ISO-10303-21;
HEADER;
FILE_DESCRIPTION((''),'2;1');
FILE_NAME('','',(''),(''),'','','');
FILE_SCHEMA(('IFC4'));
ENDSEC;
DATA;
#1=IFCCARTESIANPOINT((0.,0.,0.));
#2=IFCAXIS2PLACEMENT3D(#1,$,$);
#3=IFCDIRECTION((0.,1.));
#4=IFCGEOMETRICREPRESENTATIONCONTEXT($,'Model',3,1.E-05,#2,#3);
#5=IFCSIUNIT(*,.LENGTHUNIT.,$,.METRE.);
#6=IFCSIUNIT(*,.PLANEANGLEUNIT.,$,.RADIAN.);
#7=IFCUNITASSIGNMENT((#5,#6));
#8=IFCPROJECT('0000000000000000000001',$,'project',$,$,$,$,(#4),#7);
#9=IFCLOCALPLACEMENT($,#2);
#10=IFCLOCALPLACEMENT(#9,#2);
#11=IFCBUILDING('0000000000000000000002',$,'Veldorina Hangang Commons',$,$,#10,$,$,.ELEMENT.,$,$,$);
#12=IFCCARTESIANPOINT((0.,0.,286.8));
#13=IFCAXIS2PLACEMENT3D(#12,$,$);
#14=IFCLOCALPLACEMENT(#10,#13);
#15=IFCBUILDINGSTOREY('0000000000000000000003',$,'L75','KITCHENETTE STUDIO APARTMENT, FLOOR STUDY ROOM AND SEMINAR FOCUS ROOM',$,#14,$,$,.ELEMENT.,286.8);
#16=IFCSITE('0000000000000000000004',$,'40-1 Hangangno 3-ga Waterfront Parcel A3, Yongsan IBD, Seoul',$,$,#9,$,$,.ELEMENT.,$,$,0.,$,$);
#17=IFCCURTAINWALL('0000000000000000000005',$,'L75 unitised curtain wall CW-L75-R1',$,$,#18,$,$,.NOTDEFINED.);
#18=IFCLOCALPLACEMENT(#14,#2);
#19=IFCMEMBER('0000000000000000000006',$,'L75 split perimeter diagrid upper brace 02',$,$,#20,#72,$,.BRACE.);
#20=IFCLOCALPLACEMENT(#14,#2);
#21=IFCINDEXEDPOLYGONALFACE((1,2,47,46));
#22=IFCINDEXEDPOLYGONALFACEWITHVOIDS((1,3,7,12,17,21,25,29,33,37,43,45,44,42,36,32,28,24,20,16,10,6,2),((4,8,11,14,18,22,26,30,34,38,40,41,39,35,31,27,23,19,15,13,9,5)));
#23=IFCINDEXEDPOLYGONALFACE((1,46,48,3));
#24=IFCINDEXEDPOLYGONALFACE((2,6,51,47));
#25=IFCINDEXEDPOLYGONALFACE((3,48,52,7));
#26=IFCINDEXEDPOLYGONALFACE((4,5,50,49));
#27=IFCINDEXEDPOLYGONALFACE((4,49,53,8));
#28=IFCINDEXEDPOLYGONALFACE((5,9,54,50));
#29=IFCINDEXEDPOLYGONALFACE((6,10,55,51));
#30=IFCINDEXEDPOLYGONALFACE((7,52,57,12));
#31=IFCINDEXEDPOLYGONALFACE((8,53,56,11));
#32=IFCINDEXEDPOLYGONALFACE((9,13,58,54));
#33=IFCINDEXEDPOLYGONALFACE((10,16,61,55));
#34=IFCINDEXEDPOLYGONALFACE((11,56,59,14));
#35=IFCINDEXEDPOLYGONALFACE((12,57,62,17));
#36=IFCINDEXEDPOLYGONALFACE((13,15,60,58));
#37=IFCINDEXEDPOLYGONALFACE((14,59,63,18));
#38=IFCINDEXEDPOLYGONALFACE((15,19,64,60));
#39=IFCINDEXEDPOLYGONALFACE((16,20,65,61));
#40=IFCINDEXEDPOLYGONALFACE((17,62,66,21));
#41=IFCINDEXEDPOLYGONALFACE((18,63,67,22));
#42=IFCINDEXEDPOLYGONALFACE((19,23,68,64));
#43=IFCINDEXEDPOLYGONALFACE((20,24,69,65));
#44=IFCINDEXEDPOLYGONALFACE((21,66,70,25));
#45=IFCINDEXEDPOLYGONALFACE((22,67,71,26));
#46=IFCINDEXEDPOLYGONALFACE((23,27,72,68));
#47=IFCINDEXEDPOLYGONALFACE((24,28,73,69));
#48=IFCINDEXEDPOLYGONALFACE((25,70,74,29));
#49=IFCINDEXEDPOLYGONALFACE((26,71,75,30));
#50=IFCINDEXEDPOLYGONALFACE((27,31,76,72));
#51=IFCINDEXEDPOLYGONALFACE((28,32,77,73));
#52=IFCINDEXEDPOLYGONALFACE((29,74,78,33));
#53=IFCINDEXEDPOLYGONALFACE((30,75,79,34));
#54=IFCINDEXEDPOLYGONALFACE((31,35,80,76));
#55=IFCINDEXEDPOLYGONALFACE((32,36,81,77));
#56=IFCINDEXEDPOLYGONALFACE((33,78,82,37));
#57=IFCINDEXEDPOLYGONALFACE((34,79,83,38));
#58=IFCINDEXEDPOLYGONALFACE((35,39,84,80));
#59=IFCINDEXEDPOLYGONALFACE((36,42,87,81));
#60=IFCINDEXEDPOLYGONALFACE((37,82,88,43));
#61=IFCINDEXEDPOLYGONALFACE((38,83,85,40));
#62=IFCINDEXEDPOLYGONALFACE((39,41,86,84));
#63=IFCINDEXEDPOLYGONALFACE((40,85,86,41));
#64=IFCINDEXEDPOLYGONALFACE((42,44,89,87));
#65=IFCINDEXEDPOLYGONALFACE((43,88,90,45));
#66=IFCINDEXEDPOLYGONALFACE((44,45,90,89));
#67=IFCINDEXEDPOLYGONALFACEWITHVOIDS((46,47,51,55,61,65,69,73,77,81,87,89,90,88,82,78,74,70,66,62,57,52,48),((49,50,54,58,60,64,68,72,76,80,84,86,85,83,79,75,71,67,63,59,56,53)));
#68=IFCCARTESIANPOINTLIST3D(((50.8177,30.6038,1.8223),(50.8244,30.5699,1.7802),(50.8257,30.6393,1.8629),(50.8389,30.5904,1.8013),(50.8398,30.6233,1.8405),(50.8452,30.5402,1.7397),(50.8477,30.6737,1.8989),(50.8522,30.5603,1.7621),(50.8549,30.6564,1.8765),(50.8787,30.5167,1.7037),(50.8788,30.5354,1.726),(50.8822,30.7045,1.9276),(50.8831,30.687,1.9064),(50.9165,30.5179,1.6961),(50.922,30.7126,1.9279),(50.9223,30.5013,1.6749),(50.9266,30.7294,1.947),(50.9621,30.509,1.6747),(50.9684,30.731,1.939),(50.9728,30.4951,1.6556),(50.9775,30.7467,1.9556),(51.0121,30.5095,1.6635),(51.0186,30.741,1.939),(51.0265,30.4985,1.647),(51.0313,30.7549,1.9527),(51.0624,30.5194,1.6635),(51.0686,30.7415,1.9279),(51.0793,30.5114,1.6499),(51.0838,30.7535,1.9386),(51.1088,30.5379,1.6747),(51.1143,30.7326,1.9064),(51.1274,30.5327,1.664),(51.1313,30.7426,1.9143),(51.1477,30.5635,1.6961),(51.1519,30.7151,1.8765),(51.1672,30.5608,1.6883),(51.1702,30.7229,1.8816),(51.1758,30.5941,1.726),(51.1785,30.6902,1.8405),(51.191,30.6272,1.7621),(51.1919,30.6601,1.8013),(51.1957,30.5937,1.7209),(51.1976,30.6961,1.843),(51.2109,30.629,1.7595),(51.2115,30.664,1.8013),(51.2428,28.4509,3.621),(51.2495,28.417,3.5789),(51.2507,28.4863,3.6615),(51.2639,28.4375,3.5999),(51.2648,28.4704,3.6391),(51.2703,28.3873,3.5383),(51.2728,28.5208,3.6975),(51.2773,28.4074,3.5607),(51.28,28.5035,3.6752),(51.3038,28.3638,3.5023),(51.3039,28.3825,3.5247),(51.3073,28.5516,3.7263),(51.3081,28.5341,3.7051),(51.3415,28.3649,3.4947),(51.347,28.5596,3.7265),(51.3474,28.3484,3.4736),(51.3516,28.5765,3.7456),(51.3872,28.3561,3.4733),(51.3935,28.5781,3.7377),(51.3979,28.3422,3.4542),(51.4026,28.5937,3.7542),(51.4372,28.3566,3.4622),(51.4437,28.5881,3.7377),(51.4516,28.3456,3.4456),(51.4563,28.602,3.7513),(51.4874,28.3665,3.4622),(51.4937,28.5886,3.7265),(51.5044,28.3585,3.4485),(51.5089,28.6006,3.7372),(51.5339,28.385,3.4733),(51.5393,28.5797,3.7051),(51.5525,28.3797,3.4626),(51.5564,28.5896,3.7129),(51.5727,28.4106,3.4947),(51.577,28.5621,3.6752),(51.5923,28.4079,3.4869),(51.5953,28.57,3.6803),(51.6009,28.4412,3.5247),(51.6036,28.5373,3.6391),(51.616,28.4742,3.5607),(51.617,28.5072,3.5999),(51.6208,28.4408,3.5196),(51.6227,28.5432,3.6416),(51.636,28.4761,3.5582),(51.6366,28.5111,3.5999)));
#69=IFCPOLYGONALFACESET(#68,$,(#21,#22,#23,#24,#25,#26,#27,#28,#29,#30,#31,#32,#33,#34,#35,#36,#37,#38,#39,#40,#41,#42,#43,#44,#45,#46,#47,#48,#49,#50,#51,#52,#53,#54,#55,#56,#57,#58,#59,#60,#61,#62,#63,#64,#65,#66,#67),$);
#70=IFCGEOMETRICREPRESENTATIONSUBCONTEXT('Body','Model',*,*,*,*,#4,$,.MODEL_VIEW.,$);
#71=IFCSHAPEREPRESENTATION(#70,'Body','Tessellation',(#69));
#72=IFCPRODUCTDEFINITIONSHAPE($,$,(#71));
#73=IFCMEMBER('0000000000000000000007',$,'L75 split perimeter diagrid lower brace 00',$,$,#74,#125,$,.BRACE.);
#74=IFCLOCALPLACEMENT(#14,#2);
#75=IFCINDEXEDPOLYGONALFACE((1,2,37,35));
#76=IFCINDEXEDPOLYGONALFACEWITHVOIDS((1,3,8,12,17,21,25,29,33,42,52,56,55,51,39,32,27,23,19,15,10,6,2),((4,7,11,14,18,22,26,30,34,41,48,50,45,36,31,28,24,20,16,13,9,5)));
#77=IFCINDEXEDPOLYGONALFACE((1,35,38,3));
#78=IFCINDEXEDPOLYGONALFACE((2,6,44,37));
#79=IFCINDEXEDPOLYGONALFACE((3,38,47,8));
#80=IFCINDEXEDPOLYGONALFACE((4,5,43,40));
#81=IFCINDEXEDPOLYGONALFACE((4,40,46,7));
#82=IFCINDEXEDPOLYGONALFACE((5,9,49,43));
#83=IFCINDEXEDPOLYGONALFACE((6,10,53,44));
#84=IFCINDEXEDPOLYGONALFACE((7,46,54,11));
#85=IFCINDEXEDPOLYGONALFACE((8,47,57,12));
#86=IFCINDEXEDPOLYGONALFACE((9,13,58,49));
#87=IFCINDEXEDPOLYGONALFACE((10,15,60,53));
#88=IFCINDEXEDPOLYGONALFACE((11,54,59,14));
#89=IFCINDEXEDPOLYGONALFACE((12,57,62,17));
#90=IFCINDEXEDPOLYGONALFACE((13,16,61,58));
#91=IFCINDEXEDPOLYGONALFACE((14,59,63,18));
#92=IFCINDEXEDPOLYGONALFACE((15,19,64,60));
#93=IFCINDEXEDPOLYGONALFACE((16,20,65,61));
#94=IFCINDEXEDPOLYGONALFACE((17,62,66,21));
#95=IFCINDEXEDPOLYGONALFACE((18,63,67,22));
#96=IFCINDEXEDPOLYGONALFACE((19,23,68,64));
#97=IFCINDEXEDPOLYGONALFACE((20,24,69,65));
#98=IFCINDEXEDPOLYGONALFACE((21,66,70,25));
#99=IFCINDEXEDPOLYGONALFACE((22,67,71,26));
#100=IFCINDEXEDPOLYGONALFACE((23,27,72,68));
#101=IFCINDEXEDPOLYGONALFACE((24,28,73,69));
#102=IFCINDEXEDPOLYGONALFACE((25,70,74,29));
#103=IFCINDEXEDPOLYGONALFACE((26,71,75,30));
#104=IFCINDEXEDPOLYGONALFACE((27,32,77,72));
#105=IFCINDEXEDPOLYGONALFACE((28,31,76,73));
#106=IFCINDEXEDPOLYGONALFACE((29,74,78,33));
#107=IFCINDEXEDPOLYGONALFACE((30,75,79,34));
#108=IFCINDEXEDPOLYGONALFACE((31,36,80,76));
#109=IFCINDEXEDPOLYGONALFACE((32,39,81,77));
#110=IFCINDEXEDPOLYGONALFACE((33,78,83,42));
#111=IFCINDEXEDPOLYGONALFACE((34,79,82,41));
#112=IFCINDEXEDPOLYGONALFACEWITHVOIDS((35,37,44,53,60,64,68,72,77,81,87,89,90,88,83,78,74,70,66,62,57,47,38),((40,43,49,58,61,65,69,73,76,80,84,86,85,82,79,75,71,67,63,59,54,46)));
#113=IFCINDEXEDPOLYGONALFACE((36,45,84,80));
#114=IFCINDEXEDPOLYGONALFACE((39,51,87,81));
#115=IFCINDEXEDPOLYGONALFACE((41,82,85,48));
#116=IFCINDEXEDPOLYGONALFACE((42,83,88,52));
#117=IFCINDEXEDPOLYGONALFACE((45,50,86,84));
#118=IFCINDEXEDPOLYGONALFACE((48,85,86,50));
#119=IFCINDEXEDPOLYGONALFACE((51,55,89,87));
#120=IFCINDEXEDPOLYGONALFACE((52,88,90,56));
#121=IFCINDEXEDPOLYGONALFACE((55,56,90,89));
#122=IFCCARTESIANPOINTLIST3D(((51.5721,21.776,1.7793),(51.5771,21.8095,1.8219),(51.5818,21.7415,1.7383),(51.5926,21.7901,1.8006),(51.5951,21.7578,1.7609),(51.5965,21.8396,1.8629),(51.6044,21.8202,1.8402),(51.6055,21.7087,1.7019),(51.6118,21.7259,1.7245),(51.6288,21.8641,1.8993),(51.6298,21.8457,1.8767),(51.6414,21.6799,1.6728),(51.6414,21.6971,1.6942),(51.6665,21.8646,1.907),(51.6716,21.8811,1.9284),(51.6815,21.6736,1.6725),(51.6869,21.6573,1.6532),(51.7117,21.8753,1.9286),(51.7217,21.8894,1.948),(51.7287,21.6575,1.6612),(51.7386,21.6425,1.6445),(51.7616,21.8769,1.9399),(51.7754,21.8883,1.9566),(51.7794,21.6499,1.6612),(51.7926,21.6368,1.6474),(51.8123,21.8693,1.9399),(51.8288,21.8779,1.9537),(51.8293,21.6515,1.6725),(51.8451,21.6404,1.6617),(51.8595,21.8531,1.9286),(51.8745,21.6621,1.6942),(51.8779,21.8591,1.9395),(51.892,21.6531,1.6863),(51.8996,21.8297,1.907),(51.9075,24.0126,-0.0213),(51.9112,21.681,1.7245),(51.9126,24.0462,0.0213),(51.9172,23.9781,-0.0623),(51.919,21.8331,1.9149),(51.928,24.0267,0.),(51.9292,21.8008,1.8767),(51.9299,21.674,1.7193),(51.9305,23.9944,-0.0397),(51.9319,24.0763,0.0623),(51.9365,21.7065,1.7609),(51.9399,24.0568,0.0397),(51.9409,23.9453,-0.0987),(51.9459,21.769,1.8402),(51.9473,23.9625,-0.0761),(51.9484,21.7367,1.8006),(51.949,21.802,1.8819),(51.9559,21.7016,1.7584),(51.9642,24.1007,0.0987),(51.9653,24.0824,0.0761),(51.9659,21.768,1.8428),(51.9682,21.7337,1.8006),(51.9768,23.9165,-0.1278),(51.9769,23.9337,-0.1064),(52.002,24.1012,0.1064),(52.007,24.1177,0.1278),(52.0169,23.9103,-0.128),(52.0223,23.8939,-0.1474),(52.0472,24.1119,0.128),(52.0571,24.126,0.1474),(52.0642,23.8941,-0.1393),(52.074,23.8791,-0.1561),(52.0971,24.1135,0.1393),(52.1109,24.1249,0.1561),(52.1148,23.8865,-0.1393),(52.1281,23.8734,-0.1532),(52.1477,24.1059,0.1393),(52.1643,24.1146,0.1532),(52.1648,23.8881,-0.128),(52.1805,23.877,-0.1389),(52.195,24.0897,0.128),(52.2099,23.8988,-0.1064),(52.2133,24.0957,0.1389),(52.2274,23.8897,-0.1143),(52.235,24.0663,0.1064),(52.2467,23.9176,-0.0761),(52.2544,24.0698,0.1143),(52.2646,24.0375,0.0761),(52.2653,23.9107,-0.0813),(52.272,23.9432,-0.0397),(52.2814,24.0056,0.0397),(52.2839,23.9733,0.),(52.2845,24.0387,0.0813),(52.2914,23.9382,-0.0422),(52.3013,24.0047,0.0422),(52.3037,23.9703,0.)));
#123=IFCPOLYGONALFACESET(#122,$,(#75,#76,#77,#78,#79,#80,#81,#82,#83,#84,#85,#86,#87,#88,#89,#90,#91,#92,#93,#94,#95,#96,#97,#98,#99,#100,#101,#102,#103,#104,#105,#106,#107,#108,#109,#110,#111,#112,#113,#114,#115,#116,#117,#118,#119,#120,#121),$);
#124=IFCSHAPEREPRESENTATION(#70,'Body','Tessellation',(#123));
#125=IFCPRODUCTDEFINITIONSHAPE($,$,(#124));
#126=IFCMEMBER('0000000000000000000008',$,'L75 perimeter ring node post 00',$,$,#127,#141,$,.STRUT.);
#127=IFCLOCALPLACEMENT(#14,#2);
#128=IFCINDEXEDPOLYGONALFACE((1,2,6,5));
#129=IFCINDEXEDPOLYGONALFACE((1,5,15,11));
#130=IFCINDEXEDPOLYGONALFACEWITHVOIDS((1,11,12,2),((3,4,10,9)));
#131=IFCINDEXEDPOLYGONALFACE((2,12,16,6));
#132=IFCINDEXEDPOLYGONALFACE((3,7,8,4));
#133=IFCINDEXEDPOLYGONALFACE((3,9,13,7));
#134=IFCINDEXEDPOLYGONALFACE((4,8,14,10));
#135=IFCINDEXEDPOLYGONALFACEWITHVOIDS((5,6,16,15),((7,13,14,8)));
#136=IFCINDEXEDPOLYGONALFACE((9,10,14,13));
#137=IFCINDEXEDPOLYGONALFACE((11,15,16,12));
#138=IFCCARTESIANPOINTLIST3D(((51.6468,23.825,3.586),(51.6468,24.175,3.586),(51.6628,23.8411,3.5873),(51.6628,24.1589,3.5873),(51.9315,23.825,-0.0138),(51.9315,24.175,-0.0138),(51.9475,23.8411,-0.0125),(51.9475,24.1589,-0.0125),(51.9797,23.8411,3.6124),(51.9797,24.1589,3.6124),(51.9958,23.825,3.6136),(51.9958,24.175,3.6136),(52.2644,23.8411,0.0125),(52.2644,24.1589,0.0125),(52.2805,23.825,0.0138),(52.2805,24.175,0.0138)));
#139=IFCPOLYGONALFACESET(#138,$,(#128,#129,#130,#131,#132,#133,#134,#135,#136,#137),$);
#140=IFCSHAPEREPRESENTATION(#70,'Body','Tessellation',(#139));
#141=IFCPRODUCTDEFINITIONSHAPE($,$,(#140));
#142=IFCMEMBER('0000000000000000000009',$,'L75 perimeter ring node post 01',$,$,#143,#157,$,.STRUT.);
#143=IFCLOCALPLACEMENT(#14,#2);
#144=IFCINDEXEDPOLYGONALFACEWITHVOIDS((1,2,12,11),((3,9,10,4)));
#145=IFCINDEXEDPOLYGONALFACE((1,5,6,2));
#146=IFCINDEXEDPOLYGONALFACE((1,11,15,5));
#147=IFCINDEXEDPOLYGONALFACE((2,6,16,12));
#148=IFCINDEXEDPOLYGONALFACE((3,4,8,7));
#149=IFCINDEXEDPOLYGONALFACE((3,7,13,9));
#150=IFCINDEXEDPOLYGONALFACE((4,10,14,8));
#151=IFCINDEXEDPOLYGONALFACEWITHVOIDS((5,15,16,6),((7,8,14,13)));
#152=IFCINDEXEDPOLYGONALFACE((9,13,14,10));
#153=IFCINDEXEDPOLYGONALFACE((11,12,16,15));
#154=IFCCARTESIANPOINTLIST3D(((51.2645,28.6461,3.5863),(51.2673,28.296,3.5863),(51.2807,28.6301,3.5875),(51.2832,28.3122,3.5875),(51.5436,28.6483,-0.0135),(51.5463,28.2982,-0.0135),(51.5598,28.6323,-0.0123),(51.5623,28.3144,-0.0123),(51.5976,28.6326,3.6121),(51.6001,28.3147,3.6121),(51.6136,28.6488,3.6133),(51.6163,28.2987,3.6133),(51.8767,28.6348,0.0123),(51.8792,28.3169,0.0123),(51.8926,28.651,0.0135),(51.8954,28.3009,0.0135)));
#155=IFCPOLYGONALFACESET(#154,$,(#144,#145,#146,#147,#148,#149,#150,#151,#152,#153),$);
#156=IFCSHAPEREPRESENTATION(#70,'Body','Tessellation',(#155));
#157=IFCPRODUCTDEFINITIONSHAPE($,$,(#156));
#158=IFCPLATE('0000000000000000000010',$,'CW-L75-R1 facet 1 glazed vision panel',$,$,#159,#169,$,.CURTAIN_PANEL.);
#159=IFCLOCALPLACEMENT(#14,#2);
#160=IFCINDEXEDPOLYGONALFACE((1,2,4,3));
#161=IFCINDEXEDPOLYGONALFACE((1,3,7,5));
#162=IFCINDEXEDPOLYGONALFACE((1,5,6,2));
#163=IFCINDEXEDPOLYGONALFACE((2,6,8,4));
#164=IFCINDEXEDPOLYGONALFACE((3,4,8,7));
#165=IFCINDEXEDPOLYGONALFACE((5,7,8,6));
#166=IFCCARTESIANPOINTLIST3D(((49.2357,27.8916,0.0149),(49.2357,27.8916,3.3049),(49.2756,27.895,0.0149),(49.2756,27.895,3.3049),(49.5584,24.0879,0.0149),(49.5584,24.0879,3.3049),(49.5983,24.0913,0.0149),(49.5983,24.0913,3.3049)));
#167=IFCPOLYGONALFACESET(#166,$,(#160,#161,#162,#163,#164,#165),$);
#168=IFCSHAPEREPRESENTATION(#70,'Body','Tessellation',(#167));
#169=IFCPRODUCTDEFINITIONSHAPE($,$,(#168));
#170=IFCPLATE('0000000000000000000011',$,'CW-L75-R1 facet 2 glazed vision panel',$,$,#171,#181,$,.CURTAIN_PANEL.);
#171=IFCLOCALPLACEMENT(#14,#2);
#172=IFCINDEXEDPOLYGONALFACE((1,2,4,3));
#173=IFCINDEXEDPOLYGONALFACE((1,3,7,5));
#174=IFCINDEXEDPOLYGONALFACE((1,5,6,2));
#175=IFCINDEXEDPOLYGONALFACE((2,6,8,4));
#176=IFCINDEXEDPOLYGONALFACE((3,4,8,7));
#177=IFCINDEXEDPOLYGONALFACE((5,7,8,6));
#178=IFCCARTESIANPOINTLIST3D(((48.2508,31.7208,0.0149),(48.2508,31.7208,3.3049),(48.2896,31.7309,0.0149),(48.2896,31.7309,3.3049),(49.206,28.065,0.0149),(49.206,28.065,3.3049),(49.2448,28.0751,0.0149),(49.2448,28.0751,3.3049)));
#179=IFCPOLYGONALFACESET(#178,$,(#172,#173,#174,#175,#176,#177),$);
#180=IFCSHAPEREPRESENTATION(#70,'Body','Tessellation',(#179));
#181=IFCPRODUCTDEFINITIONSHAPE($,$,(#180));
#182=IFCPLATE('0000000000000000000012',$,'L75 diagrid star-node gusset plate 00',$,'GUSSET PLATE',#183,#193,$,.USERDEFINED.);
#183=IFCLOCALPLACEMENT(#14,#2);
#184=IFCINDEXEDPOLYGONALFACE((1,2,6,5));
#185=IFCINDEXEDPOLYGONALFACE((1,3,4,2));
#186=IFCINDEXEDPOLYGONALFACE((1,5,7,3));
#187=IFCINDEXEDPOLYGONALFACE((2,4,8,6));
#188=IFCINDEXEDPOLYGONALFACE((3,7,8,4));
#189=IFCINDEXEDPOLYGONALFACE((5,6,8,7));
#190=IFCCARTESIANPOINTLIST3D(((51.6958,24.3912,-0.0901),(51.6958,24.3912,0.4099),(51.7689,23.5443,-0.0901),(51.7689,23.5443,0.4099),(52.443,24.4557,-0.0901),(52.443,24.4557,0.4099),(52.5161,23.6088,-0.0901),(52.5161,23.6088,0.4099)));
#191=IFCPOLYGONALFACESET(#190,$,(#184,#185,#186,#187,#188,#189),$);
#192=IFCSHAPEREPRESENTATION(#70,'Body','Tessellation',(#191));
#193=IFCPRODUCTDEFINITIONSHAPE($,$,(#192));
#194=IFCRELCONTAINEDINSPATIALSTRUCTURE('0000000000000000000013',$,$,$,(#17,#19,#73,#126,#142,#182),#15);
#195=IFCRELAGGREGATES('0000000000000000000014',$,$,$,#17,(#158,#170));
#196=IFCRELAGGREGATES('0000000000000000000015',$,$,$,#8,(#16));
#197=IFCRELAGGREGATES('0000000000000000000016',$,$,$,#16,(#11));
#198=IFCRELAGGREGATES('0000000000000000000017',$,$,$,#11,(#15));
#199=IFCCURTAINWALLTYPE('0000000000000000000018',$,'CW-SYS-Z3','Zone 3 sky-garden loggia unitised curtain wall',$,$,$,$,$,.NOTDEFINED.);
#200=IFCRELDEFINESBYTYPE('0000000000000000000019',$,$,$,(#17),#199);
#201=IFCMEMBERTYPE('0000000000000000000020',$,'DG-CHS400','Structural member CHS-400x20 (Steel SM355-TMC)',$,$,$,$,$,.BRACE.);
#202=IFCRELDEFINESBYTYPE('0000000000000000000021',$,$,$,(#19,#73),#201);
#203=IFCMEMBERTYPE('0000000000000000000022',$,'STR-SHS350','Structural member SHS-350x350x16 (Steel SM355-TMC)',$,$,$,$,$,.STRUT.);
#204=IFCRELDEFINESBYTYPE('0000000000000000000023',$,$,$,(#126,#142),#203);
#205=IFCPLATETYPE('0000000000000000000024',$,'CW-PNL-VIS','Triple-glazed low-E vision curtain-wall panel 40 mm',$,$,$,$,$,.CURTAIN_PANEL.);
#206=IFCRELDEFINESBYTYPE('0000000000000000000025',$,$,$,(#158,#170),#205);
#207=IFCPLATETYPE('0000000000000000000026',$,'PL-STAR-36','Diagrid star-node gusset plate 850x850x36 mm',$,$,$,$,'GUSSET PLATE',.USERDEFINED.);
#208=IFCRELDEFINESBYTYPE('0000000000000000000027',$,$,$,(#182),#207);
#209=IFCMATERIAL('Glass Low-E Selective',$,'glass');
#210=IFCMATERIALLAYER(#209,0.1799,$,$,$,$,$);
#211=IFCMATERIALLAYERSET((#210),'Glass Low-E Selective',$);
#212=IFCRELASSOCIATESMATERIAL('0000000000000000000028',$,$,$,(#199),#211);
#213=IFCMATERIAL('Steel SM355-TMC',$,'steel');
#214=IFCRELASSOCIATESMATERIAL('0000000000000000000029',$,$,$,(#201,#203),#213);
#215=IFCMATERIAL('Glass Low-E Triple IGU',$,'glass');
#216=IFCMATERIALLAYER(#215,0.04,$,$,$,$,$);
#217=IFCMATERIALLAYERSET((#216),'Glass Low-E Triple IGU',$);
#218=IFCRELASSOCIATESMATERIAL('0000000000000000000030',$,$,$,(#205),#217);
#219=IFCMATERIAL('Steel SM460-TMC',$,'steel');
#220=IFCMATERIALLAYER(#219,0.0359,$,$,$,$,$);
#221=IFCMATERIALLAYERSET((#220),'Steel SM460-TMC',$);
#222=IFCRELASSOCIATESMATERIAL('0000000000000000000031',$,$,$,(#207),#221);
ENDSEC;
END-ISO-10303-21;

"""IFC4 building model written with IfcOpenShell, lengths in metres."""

from ifc_helpers import new_model, si_unit, direction, frame, origin, origin_2d, place, context, subcontext, project, spatial, rectangle, hollow_rectangle, hollow_circle, extrude, material, layer, layer_set, material_profile, profile_set, type_object, element, aggregate, save


model = new_model("IFC4")

# Units and contexts
model_context = context("Model", 3, precision=1e-05, world=origin(), true_north=direction((0.0, 1.0)))
body_context = subcontext(model_context, "Body", "Model", "MODEL_VIEW")
ifc_project = project(units=[si_unit("LENGTHUNIT", "METRE"), si_unit("PLANEANGLEUNIT", "RADIAN")], contexts=[model_context])

# Site, building, storey
site_placement = place(None, origin())
site = spatial("IfcSite", under=ifc_project, at=site_placement, Name="40-1 Hangangno 3-ga Waterfront Parcel A3, Yongsan IBD, Seoul", CompositionType="ELEMENT", RefElevation=0.0)
building_placement = place(site_placement, origin())
building = spatial("IfcBuilding", under=site, at=building_placement, Name="Veldorina Hangang Commons", CompositionType="ELEMENT")
storey_placement = place(building_placement, frame((0.0, 0.0, 286.8)))
storey = spatial("IfcBuildingStorey", under=building, at=storey_placement, Name="L75", Description="KITCHENETTE STUDIO APARTMENT, FLOOR STUDY ROOM AND SEMINAR FOCUS ROOM", CompositionType="ELEMENT", Elevation=286.8)

# Shared definitions
ifc_material_1 = material(Name="Steel SM355-TMC", Category="steel")

# Curtain wall
ifc_material_2 = material(Name="Glass Low-E Selective", Category="glass")
ifc_layer_1 = layer(ifc_material_2, 0.1799)
ifc_layer_set_1 = layer_set([ifc_layer_1], Name="Glass Low-E Selective")
curtain_wall_type = type_object("IfcCurtainWallType", Name="CW-SYS-Z3", Description="Zone 3 sky-garden loggia unitised curtain wall", PredefinedType="NOTDEFINED", material=ifc_layer_set_1)
curtain_wall_placement = place(storey_placement, origin())
curtain_wall = element("IfcCurtainWall", 1, at=curtain_wall_placement, inside=storey, type_object=curtain_wall_type, Name="L75 unitised curtain wall CW-L75-R1", PredefinedType="NOTDEFINED")

# Members
ifc_material_profile_1 = material_profile(ifc_material_1, hollow_circle(Radius=0.2, WallThickness=0.02, at=origin_2d()), Name="CHS-400x20")
ifc_profile_set_1 = profile_set([ifc_material_profile_1], Name="Steel SM355-TMC")
member_type_1 = type_object("IfcMemberType", Name="DG-CHS400", Description="Structural member CHS-400x20 (Steel SM355-TMC)", PredefinedType="BRACE", material=ifc_profile_set_1)
member_1_placement = place(storey_placement, frame((51.0154, 30.6252, 1.8013), z_axis=(0.149808, -0.758761, 0.633907), x_axis=(0.981061, 0.193698, 0.0)))
element("IfcMember", 2, at=member_1_placement, inside=storey, type_object=member_type_1, Name="L75 split perimeter diagrid upper brace 02", PredefinedType="BRACE", context=body_context, shape_type="SweptSolid", body=[
    extrude(hollow_circle(Radius=0.2, WallThickness=0.02, at=origin_2d()), origin(), (0.0, 0.0, 1.0), 2.8374),
])
member_2_placement = place(storey_placement, frame((52.106, 24.0, 0.0), z_axis=(-0.11604, -0.773687, 0.622851), x_axis=(0.988939, -0.148325, 0.0)))
element("IfcMember", 3, at=member_2_placement, inside=storey, type_object=member_type_1, Name="L75 split perimeter diagrid lower brace 00", PredefinedType="BRACE", context=body_context, shape_type="SweptSolid", body=[
    extrude(hollow_circle(Radius=0.2, WallThickness=0.02, at=origin_2d()), origin(), (0.0, 0.0, 1.0), 2.8909),
])
ifc_material_profile_2 = material_profile(ifc_material_1, hollow_rectangle(XDim=0.3501, YDim=0.3501, WallThickness=0.0161, at=origin_2d()), Name="SHS-350x350x16")
ifc_profile_set_2 = profile_set([ifc_material_profile_2], Name="Steel SM355-TMC")
member_type_2 = type_object("IfcMemberType", Name="STR-SHS350", Description="Structural member SHS-350x350x16 (Steel SM355-TMC)", PredefinedType="STRUT", material=ifc_profile_set_2)
member_3_placement = place(storey_placement, frame((52.106, 24.0, 0.0), z_axis=(-0.078832, 0.0, 0.996888), x_axis=(0.0, -1.0, 0.0)))
element("IfcMember", 4, at=member_3_placement, inside=storey, type_object=member_type_2, Name="L75 perimeter ring node post 00", PredefinedType="STRUT", context=body_context, shape_type="SweptSolid", body=[
    extrude(hollow_rectangle(XDim=0.3501, YDim=0.3501, WallThickness=0.0161, at=origin_2d()), origin(), (0.0, 0.0, 1.0), 3.6111),
])
member_4_placement = place(storey_placement, frame((51.7195, 28.4746, 0.0), z_axis=(-0.077286, -0.000609, 0.997009), x_axis=(0.007874, -0.999969, 0.0)))
element("IfcMember", 5, at=member_4_placement, inside=storey, type_object=member_type_2, Name="L75 perimeter ring node post 01", PredefinedType="STRUT", context=body_context, shape_type="SweptSolid", body=[
    extrude(hollow_rectangle(XDim=0.3501, YDim=0.3501, WallThickness=0.0161, at=origin_2d()), origin(), (0.0, 0.0, 1.0), 3.6106),
])

# Plates
ifc_material_3 = material(Name="Glass Low-E Triple IGU", Category="glass")
ifc_layer_2 = layer(ifc_material_3, 0.04)
ifc_layer_set_2 = layer_set([ifc_layer_2], Name="Glass Low-E Triple IGU")
plate_type_1 = type_object("IfcPlateType", Name="CW-PNL-VIS", Description="Triple-glazed low-E vision curtain-wall panel 40 mm", PredefinedType="CURTAIN_PANEL", material=ifc_layer_set_2)
plate_1_placement = place(storey_placement, frame((49.417, 25.9915, 0.0149), z_axis=(0.0, 0.0, 1.0), x_axis=(-0.08453, 0.996421, 0.0)))
plate_1 = element("IfcPlate", 6, at=plate_1_placement, type_object=plate_type_1, Name="CW-L75-R1 facet 1 glazed vision panel", PredefinedType="CURTAIN_PANEL", context=body_context, shape_type="SweptSolid", body=[
    extrude(rectangle(XDim=3.8174, YDim=0.04, at=origin_2d()), origin(), (0.0, 0.0, 1.0), 3.29),
])
plate_2_placement = place(storey_placement, frame((48.7478, 29.8979, 0.0149), z_axis=(0.0, 0.0, 1.0), x_axis=(-0.252796, 0.96752, 0.0)))
plate_2 = element("IfcPlate", 7, at=plate_2_placement, type_object=plate_type_1, Name="CW-L75-R1 facet 2 glazed vision panel", PredefinedType="CURTAIN_PANEL", context=body_context, shape_type="SweptSolid", body=[
    extrude(rectangle(XDim=3.7786, YDim=0.04, at=origin_2d()), origin(), (0.0, 0.0, 1.0), 3.29),
])
aggregate(curtain_wall, [plate_1, plate_2])

# Plate
ifc_material_4 = material(Name="Steel SM460-TMC", Category="steel")
ifc_layer_3 = layer(ifc_material_4, 0.0359)
ifc_layer_set_3 = layer_set([ifc_layer_3], Name="Steel SM460-TMC")
plate_type_2 = type_object("IfcPlateType", Name="PL-STAR-36", Description="Diagrid star-node gusset plate 850x850x36 mm", ElementType="GUSSET PLATE", PredefinedType="USERDEFINED", material=ifc_layer_set_3)
for number, where, z_axis, x_axis, name in (
    (8, (52.106, 24.0, -0.0901), (0.0, 0.0, 1.0), (-0.086008, 0.996294, 0.0), "L75 diagrid star-node gusset plate 00"),
):
    element("IfcPlate", number, at=place(storey_placement, frame(where, z_axis=z_axis, x_axis=x_axis)), inside=storey, type_object=plate_type_2, Name=name, ObjectType="GUSSET PLATE", PredefinedType="USERDEFINED", context=body_context, shape_type="SweptSolid", body=[
        extrude(rectangle(XDim=0.8501, YDim=0.75, at=origin_2d()), origin(), (0.0, 0.0, 1.0), 0.5),
    ])

save(model, "model.ifc")
